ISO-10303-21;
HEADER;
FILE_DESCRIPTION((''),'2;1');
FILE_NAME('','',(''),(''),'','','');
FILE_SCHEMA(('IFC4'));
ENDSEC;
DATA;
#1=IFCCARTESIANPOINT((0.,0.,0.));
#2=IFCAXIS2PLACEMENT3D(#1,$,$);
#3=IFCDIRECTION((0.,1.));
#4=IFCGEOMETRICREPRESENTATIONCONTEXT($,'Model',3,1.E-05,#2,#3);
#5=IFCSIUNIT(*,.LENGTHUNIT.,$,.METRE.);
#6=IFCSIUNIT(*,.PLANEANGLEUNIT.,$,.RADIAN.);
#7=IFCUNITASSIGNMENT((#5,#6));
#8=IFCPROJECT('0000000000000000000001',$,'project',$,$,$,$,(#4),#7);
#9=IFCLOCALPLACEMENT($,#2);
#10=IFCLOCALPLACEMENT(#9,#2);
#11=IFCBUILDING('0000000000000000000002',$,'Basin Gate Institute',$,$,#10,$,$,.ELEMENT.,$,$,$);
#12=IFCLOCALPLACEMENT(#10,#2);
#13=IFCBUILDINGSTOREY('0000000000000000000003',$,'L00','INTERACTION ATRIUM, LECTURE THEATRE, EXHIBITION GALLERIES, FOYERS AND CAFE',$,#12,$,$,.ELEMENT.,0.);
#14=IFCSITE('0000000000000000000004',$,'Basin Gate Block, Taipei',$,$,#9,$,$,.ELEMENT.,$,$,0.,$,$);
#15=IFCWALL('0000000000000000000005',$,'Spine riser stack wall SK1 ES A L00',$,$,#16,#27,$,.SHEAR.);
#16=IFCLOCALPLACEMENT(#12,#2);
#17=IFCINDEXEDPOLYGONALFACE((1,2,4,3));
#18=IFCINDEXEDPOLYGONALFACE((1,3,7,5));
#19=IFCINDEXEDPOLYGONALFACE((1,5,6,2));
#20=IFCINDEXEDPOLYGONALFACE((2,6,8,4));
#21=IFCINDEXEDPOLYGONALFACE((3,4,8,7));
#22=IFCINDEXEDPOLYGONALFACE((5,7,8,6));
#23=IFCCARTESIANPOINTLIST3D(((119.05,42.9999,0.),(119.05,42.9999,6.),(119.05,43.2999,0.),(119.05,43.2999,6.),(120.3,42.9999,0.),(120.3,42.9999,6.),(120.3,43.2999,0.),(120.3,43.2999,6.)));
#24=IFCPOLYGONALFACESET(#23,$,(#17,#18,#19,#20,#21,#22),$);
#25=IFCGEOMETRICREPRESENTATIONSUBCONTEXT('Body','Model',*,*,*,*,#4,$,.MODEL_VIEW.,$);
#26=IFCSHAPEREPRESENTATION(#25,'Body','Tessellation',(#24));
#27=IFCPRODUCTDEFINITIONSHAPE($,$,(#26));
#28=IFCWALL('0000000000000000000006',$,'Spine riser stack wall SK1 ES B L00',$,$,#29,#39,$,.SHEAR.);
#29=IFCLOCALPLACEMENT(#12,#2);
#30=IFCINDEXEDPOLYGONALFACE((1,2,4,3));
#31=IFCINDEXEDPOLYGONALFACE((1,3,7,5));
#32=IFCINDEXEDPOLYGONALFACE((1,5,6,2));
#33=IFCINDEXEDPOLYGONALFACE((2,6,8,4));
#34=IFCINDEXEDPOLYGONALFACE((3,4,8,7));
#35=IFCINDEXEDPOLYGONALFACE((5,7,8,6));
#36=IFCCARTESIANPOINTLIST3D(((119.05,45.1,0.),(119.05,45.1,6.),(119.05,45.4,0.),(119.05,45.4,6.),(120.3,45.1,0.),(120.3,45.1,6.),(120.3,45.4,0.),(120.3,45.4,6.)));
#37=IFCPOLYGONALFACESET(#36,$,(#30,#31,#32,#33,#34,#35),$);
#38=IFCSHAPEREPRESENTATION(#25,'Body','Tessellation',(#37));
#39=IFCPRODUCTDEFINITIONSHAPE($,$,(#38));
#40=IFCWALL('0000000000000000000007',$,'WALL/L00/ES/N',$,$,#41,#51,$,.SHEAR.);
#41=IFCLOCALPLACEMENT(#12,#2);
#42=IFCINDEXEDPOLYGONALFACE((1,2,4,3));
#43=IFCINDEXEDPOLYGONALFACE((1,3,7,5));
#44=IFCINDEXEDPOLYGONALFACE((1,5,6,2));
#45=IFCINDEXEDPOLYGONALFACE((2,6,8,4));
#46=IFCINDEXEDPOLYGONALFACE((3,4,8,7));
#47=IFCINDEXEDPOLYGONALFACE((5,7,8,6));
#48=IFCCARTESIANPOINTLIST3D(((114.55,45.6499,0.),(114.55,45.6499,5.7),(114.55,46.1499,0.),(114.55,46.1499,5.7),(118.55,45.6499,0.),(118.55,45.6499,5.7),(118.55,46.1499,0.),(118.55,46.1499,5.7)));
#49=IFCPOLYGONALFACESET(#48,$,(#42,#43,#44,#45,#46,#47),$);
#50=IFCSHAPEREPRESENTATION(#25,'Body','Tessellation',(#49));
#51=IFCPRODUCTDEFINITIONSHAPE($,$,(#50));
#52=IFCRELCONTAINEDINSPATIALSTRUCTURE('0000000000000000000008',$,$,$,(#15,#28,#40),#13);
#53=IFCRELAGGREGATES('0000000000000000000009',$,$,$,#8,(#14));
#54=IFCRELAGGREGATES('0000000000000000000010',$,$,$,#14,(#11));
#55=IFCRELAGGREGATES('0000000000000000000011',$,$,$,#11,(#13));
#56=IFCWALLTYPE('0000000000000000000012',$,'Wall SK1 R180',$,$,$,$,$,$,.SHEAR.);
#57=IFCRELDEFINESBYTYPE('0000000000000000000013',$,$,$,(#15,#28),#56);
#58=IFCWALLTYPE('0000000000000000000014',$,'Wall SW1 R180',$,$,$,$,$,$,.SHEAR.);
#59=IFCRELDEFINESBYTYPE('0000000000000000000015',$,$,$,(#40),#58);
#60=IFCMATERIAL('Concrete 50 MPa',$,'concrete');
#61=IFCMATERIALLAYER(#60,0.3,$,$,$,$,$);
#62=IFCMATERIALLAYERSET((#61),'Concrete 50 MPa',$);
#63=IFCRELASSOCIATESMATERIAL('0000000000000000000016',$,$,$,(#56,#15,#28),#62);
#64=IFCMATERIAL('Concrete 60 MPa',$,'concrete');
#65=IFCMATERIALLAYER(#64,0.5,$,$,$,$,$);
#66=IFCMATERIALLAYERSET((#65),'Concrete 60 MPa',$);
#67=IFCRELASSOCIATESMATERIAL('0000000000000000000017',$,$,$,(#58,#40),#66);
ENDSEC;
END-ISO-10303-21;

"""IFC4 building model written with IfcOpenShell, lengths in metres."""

from ifc_helpers import new_model, si_unit, direction, frame, frame_2d, origin, place, context, subcontext, project, spatial, rectangle, extrude, material, layer, layer_set, type_object, element, save


model = new_model("IFC4")

# Units and contexts
model_context = context("Model", 3, precision=1e-05, world=origin(), true_north=direction((0.0, 1.0)))
body_context = subcontext(model_context, "Body", "Model", "MODEL_VIEW")
ifc_project = project(units=[si_unit("LENGTHUNIT", "METRE"), si_unit("PLANEANGLEUNIT", "RADIAN")], contexts=[model_context])

# Site, building, storey
site_placement = place(None, origin())
site = spatial("IfcSite", under=ifc_project, at=site_placement, Name="Basin Gate Block, Taipei", CompositionType="ELEMENT", RefElevation=0.0)
building_placement = place(site_placement, origin())
building = spatial("IfcBuilding", under=site, at=building_placement, Name="Basin Gate Institute", CompositionType="ELEMENT")
storey_placement = place(building_placement, origin())
storey = spatial("IfcBuildingStorey", under=building, at=storey_placement, Name="L00", Description="INTERACTION ATRIUM, LECTURE THEATRE, EXHIBITION GALLERIES, FOYERS AND CAFE", CompositionType="ELEMENT", Elevation=0.0)

# Walls
ifc_material_1 = material(Name="Concrete 50 MPa", Category="concrete")
ifc_layer_1 = layer(ifc_material_1, 0.3)
ifc_layer_set_1 = layer_set([ifc_layer_1], Name="Concrete 50 MPa")
wall_type_1 = type_object("IfcWallType", Name="Wall SK1 R180", PredefinedType="SHEAR", material=ifc_layer_set_1)
for number, where, z_axis, x_axis, name in (
    (1, (119.05, 43.1499, 0.0), (0.0, 0.0, 1.0), (1.0, 0.0, 0.0), "Spine riser stack wall SK1 ES A L00"),
    (2, (119.05, 45.25, 0.0), (0.0, 0.0, 1.0), (1.0, 0.0, 0.0), "Spine riser stack wall SK1 ES B L00"),
):
    element("IfcWall", number, at=place(storey_placement, frame(where, z_axis=z_axis, x_axis=x_axis)), inside=storey, type_object=wall_type_1, material=ifc_layer_set_1, Name=name, PredefinedType="SHEAR", context=body_context, shape_type="SweptSolid", body=[
        extrude(rectangle(XDim=1.25, YDim=0.3, at=frame_2d((0.625, 0.0))), origin(), (0.0, 0.0, 1.0), 6.0),
    ])
ifc_material_2 = material(Name="Concrete 60 MPa", Category="concrete")
ifc_layer_2 = layer(ifc_material_2, 0.5)
ifc_layer_set_2 = layer_set([ifc_layer_2], Name="Concrete 60 MPa")
wall_type_2 = type_object("IfcWallType", Name="Wall SW1 R180", PredefinedType="SHEAR", material=ifc_layer_set_2)
wall_1_placement = place(storey_placement, frame((118.55, 45.8999, 0.0), z_axis=(0.0, 0.0, 1.0), x_axis=(-1.0, 0.0, 0.0)))
element("IfcWall", 3, at=wall_1_placement, inside=storey, type_object=wall_type_2, material=ifc_layer_set_2, Name="WALL/L00/ES/N", PredefinedType="SHEAR", context=body_context, shape_type="SweptSolid", body=[
    extrude(rectangle(XDim=4.0, YDim=0.5, at=frame_2d((2.0, 0.0))), origin(), (0.0, 0.0, 1.0), 5.7),
])

save(model, "model.ifc")
